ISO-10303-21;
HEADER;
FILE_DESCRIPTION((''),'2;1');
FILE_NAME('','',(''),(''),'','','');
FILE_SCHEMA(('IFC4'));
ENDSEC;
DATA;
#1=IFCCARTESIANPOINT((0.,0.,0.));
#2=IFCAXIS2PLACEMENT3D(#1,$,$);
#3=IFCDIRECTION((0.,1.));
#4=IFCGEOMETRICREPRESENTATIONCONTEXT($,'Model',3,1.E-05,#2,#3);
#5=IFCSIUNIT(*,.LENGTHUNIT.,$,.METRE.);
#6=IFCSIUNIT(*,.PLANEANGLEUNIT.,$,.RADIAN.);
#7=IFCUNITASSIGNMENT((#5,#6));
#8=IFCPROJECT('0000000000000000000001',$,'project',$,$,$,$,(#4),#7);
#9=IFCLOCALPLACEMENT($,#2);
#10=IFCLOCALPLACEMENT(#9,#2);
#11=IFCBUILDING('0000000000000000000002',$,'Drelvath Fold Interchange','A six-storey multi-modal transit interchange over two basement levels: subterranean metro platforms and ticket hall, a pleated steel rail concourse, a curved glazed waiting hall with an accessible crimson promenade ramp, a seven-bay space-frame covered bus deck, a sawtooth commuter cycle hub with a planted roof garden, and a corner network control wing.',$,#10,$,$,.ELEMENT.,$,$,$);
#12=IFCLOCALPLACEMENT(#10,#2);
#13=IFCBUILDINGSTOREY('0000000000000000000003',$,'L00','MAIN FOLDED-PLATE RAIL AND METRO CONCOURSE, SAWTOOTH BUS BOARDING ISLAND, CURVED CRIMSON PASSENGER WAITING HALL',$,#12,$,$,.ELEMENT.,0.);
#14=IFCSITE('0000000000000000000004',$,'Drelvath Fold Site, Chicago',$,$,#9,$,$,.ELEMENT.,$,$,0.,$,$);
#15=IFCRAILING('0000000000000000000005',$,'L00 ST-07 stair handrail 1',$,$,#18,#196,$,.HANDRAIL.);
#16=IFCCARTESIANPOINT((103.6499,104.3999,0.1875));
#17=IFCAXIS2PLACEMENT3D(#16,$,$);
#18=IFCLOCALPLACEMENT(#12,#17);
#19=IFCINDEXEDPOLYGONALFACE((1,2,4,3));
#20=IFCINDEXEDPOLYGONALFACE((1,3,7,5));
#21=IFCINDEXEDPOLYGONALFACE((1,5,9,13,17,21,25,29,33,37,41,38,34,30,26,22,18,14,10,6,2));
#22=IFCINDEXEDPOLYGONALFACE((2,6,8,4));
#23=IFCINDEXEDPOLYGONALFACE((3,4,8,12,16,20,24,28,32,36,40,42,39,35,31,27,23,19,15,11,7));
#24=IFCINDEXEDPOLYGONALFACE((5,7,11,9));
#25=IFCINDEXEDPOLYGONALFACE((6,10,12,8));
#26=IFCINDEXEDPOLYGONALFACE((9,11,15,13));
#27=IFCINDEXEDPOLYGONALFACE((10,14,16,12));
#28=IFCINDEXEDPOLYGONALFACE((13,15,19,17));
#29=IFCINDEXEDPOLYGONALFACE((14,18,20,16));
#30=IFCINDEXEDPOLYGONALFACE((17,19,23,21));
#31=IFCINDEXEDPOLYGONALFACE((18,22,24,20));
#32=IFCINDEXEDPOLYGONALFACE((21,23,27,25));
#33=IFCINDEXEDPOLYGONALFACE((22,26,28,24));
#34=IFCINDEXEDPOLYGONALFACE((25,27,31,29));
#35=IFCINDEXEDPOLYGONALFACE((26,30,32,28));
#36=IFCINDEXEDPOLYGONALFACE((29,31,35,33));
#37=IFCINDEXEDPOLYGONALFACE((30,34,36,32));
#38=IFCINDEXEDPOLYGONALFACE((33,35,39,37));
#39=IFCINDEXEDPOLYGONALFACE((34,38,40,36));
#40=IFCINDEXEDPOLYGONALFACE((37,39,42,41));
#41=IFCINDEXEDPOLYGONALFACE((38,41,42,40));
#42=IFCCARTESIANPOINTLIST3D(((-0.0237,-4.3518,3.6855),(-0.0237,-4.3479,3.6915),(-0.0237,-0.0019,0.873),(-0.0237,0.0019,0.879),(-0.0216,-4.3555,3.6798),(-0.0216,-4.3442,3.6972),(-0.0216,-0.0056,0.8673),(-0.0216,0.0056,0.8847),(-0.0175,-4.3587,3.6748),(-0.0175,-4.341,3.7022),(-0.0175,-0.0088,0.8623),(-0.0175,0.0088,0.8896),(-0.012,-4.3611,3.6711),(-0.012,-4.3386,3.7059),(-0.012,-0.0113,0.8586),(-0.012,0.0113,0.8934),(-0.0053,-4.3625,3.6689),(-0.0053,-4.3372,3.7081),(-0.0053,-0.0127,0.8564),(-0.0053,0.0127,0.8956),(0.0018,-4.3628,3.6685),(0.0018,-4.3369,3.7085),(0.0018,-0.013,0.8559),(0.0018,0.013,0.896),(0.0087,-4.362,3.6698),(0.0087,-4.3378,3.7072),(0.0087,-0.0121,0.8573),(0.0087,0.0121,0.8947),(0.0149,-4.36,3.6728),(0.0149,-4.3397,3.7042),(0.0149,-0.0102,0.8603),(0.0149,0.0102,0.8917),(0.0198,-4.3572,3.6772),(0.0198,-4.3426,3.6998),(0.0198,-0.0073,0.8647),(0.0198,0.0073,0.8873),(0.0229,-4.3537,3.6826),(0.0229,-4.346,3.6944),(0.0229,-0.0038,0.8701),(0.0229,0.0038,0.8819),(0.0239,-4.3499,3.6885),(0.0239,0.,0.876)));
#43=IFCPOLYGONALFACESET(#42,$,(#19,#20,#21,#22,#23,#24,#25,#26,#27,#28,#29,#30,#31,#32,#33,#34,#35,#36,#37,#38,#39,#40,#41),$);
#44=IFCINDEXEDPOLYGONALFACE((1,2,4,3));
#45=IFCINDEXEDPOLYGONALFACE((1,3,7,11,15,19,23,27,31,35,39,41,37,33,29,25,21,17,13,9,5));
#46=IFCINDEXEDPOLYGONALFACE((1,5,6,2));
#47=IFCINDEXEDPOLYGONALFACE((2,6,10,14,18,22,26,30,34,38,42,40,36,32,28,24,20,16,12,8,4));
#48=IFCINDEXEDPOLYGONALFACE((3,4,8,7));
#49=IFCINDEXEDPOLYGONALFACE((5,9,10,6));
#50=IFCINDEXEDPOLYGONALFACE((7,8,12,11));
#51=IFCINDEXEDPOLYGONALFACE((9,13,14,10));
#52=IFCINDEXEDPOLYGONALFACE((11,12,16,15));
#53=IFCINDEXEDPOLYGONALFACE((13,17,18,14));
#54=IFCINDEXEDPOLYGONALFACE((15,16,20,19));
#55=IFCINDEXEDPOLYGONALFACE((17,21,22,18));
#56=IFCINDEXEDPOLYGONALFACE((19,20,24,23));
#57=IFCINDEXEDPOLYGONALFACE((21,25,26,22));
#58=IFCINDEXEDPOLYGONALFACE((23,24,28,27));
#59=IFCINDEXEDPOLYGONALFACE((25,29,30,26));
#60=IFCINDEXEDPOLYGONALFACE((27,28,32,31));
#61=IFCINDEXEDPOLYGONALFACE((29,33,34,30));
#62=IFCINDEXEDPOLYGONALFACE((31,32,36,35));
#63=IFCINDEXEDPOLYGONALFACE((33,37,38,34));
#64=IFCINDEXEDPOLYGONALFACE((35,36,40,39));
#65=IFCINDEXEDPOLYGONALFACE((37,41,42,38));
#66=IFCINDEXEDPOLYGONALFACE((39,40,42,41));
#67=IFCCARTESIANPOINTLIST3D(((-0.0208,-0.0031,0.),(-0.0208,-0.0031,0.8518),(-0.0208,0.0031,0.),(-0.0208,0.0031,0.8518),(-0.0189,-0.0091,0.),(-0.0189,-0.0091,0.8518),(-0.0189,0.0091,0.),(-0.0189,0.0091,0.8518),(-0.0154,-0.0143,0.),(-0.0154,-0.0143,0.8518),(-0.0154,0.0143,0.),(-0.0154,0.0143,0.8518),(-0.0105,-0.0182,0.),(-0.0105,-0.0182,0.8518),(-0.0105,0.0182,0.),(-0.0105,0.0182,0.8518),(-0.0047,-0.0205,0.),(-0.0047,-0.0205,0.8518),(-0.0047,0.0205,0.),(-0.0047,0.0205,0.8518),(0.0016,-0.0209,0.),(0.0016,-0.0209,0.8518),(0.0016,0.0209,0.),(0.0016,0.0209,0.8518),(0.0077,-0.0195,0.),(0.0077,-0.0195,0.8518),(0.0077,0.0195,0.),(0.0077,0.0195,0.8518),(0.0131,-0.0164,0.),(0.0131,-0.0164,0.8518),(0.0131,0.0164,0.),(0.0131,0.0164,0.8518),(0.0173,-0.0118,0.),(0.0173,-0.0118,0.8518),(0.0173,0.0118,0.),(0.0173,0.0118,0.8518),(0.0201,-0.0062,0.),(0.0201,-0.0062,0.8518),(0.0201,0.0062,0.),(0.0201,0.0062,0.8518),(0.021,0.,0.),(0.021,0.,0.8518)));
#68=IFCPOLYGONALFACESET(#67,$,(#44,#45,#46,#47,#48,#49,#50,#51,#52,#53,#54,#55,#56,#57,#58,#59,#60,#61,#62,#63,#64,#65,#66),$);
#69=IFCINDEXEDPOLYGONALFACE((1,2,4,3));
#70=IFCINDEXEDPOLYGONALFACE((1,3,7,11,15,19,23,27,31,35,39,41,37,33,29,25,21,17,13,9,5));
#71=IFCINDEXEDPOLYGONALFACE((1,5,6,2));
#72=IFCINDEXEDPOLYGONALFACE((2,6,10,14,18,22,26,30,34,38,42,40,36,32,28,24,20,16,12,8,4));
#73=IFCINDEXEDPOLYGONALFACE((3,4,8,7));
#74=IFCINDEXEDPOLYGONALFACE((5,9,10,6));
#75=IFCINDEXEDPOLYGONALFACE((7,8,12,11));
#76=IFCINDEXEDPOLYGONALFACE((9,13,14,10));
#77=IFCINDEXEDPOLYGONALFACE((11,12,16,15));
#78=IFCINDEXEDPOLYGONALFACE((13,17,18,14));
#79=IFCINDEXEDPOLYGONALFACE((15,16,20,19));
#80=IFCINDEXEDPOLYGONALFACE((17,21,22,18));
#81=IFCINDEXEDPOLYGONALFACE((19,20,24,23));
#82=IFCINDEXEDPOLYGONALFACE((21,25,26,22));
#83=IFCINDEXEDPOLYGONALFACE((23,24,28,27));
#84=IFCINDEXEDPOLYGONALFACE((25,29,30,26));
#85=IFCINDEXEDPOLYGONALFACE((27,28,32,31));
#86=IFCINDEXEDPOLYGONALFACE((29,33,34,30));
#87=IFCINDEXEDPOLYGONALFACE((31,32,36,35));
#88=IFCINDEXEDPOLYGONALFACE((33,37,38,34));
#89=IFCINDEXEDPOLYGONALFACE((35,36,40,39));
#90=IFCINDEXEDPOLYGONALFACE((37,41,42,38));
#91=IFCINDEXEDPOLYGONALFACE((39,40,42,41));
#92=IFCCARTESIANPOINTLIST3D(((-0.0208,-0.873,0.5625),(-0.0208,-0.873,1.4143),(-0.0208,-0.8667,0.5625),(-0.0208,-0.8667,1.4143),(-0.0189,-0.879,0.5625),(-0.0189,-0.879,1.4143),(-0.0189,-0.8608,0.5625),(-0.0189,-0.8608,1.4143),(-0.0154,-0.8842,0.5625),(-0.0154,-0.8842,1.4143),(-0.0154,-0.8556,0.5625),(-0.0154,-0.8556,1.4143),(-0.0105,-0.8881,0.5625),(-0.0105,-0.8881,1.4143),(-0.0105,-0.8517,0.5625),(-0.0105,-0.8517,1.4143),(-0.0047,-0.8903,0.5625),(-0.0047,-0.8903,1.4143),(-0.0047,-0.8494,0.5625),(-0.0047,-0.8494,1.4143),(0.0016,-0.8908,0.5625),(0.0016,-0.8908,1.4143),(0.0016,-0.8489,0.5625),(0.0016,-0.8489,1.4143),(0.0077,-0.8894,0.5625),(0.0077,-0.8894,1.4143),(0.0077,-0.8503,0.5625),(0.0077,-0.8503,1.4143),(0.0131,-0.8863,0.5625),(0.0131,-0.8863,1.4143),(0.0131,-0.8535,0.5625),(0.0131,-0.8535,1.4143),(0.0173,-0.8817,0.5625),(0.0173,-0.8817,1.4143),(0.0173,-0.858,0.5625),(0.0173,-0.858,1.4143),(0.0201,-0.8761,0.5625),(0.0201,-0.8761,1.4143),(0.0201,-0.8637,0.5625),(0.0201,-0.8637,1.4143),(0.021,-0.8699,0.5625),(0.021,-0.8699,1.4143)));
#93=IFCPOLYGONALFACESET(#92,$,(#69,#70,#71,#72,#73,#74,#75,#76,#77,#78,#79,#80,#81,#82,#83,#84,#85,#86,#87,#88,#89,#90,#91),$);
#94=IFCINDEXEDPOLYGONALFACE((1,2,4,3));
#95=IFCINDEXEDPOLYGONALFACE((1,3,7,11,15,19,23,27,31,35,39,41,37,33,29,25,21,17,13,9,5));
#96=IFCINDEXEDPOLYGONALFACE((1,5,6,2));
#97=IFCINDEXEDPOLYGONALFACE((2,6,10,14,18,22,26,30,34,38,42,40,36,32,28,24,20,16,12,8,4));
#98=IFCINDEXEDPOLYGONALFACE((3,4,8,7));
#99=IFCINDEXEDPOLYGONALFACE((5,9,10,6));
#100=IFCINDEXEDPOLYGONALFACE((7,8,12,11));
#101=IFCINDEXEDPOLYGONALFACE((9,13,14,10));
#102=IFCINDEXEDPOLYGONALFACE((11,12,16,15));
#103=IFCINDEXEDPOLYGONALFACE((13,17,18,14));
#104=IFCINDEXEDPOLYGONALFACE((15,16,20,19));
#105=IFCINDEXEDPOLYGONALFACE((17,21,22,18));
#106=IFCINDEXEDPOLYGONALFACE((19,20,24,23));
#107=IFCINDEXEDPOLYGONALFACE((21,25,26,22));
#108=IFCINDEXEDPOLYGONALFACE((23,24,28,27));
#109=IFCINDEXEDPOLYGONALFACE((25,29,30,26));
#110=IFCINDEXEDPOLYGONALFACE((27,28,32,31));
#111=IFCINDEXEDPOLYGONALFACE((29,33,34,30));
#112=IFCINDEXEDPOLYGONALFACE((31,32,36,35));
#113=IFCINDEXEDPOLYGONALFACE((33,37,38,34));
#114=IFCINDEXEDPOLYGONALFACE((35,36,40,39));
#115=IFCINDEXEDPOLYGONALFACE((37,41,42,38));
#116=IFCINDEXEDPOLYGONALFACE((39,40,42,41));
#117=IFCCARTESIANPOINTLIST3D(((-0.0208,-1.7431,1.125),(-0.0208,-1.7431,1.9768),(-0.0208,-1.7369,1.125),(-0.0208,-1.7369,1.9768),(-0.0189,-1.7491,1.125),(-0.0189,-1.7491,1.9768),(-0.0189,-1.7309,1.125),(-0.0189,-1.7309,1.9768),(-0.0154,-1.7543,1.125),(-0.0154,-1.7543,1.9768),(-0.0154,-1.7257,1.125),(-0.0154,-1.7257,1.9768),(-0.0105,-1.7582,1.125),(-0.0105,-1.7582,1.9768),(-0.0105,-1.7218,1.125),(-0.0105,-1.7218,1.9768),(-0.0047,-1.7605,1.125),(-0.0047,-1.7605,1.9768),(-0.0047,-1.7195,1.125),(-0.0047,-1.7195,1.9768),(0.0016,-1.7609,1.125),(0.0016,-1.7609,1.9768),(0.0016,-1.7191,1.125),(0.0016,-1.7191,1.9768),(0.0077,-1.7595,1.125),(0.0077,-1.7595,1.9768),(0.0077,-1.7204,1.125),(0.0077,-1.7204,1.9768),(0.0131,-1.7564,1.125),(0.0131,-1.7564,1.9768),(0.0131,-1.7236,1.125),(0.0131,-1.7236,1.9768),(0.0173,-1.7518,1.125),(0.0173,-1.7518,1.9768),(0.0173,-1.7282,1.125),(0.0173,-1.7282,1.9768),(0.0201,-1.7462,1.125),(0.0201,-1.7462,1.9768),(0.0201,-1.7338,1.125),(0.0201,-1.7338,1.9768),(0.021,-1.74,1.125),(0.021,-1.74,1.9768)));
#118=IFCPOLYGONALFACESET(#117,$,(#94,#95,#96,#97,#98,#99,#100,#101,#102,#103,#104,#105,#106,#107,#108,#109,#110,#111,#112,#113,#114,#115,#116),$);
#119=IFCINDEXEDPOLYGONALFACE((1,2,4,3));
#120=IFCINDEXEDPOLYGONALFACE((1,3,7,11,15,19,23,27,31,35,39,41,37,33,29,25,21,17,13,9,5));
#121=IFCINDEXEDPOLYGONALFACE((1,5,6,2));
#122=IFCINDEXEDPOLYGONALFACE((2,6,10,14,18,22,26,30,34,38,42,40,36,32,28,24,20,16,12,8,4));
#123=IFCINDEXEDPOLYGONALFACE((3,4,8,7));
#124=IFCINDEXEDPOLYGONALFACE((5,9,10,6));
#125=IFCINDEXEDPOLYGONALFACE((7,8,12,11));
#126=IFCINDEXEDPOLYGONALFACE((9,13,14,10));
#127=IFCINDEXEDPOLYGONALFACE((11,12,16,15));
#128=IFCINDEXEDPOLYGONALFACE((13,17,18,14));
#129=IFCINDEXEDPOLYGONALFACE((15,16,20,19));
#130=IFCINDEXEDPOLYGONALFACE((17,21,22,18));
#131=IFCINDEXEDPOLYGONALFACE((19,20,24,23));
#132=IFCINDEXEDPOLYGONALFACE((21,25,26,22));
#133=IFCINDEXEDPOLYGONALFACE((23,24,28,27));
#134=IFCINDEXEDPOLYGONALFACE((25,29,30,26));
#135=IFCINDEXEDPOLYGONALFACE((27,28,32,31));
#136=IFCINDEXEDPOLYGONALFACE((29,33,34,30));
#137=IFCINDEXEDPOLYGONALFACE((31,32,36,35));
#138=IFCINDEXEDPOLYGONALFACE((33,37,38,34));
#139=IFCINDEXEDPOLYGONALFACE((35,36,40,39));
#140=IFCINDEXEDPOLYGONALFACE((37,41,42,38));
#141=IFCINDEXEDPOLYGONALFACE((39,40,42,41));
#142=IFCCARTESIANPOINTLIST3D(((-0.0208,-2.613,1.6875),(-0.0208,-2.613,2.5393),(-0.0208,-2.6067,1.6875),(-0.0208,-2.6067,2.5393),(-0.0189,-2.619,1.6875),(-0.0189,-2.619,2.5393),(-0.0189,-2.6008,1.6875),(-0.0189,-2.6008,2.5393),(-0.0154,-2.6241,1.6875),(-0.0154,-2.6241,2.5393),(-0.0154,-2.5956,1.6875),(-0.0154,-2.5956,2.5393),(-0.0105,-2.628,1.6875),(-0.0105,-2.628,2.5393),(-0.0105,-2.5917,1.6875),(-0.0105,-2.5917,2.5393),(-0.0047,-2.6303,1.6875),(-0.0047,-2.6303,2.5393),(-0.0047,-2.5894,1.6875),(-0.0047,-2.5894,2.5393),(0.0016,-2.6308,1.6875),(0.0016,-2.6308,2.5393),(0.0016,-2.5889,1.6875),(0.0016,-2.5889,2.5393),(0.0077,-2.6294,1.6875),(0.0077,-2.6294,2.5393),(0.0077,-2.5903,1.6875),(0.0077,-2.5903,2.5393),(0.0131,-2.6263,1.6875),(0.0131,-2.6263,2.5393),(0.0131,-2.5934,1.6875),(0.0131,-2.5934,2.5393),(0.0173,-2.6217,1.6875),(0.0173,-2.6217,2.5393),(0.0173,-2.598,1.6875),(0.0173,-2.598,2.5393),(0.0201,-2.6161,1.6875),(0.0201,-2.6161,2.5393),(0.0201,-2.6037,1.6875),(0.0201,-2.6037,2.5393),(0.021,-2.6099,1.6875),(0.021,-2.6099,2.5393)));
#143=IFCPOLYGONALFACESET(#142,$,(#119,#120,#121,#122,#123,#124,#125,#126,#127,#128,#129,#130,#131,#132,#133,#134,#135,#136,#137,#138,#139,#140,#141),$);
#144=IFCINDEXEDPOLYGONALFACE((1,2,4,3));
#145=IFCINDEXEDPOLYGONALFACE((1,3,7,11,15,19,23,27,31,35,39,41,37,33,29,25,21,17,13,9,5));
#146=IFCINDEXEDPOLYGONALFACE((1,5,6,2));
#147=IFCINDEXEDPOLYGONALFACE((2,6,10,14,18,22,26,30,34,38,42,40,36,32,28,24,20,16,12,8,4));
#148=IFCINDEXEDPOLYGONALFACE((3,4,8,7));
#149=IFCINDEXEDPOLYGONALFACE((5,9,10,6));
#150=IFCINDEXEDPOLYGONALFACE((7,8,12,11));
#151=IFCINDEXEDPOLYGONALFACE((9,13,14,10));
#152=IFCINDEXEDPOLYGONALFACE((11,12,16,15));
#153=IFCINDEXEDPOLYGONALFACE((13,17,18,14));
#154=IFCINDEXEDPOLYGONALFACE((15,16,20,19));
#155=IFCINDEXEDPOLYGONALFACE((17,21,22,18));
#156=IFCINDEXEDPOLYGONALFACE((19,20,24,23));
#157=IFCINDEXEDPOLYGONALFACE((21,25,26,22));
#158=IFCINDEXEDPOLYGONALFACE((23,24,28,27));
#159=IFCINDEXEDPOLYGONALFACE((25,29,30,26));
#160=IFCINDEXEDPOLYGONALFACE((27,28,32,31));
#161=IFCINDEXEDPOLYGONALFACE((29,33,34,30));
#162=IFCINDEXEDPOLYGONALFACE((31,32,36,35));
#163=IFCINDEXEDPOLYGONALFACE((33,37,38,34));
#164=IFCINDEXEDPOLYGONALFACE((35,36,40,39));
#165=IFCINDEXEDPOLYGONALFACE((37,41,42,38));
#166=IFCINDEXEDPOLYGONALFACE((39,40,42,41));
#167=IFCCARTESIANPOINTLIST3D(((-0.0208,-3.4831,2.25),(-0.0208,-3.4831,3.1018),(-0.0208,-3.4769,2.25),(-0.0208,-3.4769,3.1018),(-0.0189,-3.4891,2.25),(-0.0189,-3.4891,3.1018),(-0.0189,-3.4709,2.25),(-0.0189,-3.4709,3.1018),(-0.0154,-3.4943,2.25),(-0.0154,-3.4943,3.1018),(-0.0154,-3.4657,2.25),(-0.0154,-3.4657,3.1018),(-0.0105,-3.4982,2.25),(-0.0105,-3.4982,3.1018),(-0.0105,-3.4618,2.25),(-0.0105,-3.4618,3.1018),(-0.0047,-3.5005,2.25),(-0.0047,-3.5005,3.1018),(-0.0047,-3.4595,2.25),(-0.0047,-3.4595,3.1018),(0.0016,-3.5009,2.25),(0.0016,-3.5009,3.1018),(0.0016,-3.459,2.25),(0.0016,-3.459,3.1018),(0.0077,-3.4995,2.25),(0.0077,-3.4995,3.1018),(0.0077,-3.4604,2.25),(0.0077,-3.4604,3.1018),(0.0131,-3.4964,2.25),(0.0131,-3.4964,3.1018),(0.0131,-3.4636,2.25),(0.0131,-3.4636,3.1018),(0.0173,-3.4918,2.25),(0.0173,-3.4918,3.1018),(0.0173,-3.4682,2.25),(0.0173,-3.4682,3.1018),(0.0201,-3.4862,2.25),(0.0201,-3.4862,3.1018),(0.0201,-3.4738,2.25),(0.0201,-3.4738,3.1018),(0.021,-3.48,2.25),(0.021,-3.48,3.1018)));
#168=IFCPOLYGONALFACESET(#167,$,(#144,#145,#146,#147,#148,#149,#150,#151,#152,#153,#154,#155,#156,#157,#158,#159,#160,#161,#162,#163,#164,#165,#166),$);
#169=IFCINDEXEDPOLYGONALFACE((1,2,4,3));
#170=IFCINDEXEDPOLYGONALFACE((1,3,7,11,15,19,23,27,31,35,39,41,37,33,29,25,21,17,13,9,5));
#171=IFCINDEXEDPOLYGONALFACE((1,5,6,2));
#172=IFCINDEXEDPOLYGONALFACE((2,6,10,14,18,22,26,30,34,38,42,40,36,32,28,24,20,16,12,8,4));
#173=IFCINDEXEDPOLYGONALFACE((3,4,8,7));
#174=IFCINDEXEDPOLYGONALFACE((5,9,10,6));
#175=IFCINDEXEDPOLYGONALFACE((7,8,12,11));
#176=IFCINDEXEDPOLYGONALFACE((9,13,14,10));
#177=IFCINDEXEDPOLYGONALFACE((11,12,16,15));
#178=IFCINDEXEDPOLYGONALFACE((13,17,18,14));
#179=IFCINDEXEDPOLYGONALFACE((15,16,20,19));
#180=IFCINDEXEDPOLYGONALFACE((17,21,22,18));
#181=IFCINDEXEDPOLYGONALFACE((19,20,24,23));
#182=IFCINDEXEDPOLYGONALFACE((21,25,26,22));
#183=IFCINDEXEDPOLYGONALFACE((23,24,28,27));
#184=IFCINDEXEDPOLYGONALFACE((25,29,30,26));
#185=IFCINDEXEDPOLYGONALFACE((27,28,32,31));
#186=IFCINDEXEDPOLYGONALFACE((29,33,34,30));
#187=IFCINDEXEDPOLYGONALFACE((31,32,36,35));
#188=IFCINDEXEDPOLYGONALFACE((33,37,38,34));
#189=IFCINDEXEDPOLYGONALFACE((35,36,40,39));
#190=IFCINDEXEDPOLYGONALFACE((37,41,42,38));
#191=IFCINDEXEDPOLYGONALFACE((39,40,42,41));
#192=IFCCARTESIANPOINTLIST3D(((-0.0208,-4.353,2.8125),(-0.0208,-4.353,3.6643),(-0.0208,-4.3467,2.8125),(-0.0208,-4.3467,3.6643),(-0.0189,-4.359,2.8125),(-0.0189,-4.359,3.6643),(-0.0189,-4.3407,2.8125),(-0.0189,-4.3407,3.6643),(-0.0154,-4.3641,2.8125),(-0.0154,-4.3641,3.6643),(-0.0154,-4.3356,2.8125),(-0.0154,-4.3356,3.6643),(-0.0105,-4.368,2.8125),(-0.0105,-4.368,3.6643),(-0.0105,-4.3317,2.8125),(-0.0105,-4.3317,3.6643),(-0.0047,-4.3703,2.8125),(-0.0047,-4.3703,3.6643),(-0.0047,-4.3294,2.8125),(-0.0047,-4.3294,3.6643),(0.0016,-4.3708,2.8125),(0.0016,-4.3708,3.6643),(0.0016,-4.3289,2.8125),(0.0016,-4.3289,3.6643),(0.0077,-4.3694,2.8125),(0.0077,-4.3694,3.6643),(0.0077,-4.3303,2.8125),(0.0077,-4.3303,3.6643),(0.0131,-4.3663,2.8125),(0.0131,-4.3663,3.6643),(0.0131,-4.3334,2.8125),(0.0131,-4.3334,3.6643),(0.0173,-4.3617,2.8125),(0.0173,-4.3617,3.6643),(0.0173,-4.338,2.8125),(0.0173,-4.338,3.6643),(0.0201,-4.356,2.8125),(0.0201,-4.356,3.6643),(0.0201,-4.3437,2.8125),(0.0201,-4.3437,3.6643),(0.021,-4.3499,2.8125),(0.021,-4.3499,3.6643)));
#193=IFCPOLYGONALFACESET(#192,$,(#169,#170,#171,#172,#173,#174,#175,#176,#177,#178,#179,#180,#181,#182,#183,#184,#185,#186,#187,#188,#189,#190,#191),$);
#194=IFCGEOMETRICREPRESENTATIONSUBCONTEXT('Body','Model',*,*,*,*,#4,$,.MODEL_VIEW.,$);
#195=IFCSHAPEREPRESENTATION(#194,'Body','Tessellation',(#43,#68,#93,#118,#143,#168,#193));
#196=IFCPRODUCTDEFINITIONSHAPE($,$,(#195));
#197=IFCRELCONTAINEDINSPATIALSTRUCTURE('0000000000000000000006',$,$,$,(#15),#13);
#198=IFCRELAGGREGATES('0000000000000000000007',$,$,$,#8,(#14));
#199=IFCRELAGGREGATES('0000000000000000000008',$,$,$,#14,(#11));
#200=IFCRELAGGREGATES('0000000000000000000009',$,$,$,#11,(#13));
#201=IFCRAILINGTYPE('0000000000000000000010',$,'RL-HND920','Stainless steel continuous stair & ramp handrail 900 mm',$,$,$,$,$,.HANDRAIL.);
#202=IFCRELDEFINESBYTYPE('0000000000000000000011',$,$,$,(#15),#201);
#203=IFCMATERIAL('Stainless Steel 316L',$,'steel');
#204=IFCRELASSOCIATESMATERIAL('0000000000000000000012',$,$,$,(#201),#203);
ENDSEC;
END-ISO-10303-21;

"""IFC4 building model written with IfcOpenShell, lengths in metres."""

from ifc_helpers import new_model, si_unit, direction, frame, origin, origin_2d, place, context, subcontext, project, spatial, circle, extrude, material, type_object, element, save


model = new_model("IFC4")

# Units and contexts
model_context = context("Model", 3, precision=1e-05, world=origin(), true_north=direction((0.0, 1.0)))
body_context = subcontext(model_context, "Body", "Model", "MODEL_VIEW")
ifc_project = project(units=[si_unit("LENGTHUNIT", "METRE"), si_unit("PLANEANGLEUNIT", "RADIAN")], contexts=[model_context])

# Site, building, storey
site_placement = place(None, origin())
site = spatial("IfcSite", under=ifc_project, at=site_placement, Name="Drelvath Fold Site, Chicago", CompositionType="ELEMENT", RefElevation=0.0)
building_placement = place(site_placement, origin())
building = spatial("IfcBuilding", under=site, at=building_placement, Name="Drelvath Fold Interchange", Description="A six-storey multi-modal transit interchange over two basement levels: subterranean metro platforms and ticket hall, a pleated steel rail concourse, a curved glazed waiting hall with an accessible crimson promenade ramp, a seven-bay space-frame covered bus deck, a sawtooth commuter cycle hub with a planted roof garden, and a corner network control wing.", CompositionType="ELEMENT")
storey_placement = place(building_placement, origin())
storey = spatial("IfcBuildingStorey", under=building, at=storey_placement, Name="L00", Description="MAIN FOLDED-PLATE RAIL AND METRO CONCOURSE, SAWTOOTH BUS BOARDING ISLAND, CURVED CRIMSON PASSENGER WAITING HALL", CompositionType="ELEMENT", Elevation=0.0)

# Railing
ifc_material_1 = material(Name="Stainless Steel 316L", Category="steel")
railing_type_1 = type_object("IfcRailingType", Name="RL-HND920", Description="Stainless steel continuous stair & ramp handrail 900 mm", PredefinedType="HANDRAIL", material=ifc_material_1)
railing_1_placement = place(storey_placement, frame((103.6499, 104.3999, 0.1875)))
element("IfcRailing", 1, at=railing_1_placement, inside=storey, type_object=railing_type_1, Name="L00 ST-07 stair handrail 1", PredefinedType="HANDRAIL", context=body_context, shape_type="SweptSolid", body=[
    extrude(circle(Radius=0.0239, at=origin_2d()), frame((0.0, 0.0, 0.876), z_axis=(0.0, -0.839756, 0.542964), x_axis=(1.0, 0.0, 0.0)), (0.0, 0.0, 1.0), 5.1799),
    extrude(circle(Radius=0.021, at=origin_2d()), origin(), (0.0, 0.0, 1.0), 0.8518),
    extrude(circle(Radius=0.021, at=origin_2d()), frame((0.0, -0.8699, 0.5625)), (0.0, 0.0, 1.0), 0.8518),
    extrude(circle(Radius=0.021, at=origin_2d()), frame((0.0, -1.74, 1.125)), (0.0, 0.0, 1.0), 0.8518),
    extrude(circle(Radius=0.021, at=origin_2d()), frame((0.0, -2.6099, 1.6875)), (0.0, 0.0, 1.0), 0.8518),
    extrude(circle(Radius=0.021, at=origin_2d()), frame((0.0, -3.48, 2.25)), (0.0, 0.0, 1.0), 0.8518),
    extrude(circle(Radius=0.021, at=origin_2d()), frame((0.0, -4.3499, 2.8125)), (0.0, 0.0, 1.0), 0.8518),
])

save(model, "model.ifc")
